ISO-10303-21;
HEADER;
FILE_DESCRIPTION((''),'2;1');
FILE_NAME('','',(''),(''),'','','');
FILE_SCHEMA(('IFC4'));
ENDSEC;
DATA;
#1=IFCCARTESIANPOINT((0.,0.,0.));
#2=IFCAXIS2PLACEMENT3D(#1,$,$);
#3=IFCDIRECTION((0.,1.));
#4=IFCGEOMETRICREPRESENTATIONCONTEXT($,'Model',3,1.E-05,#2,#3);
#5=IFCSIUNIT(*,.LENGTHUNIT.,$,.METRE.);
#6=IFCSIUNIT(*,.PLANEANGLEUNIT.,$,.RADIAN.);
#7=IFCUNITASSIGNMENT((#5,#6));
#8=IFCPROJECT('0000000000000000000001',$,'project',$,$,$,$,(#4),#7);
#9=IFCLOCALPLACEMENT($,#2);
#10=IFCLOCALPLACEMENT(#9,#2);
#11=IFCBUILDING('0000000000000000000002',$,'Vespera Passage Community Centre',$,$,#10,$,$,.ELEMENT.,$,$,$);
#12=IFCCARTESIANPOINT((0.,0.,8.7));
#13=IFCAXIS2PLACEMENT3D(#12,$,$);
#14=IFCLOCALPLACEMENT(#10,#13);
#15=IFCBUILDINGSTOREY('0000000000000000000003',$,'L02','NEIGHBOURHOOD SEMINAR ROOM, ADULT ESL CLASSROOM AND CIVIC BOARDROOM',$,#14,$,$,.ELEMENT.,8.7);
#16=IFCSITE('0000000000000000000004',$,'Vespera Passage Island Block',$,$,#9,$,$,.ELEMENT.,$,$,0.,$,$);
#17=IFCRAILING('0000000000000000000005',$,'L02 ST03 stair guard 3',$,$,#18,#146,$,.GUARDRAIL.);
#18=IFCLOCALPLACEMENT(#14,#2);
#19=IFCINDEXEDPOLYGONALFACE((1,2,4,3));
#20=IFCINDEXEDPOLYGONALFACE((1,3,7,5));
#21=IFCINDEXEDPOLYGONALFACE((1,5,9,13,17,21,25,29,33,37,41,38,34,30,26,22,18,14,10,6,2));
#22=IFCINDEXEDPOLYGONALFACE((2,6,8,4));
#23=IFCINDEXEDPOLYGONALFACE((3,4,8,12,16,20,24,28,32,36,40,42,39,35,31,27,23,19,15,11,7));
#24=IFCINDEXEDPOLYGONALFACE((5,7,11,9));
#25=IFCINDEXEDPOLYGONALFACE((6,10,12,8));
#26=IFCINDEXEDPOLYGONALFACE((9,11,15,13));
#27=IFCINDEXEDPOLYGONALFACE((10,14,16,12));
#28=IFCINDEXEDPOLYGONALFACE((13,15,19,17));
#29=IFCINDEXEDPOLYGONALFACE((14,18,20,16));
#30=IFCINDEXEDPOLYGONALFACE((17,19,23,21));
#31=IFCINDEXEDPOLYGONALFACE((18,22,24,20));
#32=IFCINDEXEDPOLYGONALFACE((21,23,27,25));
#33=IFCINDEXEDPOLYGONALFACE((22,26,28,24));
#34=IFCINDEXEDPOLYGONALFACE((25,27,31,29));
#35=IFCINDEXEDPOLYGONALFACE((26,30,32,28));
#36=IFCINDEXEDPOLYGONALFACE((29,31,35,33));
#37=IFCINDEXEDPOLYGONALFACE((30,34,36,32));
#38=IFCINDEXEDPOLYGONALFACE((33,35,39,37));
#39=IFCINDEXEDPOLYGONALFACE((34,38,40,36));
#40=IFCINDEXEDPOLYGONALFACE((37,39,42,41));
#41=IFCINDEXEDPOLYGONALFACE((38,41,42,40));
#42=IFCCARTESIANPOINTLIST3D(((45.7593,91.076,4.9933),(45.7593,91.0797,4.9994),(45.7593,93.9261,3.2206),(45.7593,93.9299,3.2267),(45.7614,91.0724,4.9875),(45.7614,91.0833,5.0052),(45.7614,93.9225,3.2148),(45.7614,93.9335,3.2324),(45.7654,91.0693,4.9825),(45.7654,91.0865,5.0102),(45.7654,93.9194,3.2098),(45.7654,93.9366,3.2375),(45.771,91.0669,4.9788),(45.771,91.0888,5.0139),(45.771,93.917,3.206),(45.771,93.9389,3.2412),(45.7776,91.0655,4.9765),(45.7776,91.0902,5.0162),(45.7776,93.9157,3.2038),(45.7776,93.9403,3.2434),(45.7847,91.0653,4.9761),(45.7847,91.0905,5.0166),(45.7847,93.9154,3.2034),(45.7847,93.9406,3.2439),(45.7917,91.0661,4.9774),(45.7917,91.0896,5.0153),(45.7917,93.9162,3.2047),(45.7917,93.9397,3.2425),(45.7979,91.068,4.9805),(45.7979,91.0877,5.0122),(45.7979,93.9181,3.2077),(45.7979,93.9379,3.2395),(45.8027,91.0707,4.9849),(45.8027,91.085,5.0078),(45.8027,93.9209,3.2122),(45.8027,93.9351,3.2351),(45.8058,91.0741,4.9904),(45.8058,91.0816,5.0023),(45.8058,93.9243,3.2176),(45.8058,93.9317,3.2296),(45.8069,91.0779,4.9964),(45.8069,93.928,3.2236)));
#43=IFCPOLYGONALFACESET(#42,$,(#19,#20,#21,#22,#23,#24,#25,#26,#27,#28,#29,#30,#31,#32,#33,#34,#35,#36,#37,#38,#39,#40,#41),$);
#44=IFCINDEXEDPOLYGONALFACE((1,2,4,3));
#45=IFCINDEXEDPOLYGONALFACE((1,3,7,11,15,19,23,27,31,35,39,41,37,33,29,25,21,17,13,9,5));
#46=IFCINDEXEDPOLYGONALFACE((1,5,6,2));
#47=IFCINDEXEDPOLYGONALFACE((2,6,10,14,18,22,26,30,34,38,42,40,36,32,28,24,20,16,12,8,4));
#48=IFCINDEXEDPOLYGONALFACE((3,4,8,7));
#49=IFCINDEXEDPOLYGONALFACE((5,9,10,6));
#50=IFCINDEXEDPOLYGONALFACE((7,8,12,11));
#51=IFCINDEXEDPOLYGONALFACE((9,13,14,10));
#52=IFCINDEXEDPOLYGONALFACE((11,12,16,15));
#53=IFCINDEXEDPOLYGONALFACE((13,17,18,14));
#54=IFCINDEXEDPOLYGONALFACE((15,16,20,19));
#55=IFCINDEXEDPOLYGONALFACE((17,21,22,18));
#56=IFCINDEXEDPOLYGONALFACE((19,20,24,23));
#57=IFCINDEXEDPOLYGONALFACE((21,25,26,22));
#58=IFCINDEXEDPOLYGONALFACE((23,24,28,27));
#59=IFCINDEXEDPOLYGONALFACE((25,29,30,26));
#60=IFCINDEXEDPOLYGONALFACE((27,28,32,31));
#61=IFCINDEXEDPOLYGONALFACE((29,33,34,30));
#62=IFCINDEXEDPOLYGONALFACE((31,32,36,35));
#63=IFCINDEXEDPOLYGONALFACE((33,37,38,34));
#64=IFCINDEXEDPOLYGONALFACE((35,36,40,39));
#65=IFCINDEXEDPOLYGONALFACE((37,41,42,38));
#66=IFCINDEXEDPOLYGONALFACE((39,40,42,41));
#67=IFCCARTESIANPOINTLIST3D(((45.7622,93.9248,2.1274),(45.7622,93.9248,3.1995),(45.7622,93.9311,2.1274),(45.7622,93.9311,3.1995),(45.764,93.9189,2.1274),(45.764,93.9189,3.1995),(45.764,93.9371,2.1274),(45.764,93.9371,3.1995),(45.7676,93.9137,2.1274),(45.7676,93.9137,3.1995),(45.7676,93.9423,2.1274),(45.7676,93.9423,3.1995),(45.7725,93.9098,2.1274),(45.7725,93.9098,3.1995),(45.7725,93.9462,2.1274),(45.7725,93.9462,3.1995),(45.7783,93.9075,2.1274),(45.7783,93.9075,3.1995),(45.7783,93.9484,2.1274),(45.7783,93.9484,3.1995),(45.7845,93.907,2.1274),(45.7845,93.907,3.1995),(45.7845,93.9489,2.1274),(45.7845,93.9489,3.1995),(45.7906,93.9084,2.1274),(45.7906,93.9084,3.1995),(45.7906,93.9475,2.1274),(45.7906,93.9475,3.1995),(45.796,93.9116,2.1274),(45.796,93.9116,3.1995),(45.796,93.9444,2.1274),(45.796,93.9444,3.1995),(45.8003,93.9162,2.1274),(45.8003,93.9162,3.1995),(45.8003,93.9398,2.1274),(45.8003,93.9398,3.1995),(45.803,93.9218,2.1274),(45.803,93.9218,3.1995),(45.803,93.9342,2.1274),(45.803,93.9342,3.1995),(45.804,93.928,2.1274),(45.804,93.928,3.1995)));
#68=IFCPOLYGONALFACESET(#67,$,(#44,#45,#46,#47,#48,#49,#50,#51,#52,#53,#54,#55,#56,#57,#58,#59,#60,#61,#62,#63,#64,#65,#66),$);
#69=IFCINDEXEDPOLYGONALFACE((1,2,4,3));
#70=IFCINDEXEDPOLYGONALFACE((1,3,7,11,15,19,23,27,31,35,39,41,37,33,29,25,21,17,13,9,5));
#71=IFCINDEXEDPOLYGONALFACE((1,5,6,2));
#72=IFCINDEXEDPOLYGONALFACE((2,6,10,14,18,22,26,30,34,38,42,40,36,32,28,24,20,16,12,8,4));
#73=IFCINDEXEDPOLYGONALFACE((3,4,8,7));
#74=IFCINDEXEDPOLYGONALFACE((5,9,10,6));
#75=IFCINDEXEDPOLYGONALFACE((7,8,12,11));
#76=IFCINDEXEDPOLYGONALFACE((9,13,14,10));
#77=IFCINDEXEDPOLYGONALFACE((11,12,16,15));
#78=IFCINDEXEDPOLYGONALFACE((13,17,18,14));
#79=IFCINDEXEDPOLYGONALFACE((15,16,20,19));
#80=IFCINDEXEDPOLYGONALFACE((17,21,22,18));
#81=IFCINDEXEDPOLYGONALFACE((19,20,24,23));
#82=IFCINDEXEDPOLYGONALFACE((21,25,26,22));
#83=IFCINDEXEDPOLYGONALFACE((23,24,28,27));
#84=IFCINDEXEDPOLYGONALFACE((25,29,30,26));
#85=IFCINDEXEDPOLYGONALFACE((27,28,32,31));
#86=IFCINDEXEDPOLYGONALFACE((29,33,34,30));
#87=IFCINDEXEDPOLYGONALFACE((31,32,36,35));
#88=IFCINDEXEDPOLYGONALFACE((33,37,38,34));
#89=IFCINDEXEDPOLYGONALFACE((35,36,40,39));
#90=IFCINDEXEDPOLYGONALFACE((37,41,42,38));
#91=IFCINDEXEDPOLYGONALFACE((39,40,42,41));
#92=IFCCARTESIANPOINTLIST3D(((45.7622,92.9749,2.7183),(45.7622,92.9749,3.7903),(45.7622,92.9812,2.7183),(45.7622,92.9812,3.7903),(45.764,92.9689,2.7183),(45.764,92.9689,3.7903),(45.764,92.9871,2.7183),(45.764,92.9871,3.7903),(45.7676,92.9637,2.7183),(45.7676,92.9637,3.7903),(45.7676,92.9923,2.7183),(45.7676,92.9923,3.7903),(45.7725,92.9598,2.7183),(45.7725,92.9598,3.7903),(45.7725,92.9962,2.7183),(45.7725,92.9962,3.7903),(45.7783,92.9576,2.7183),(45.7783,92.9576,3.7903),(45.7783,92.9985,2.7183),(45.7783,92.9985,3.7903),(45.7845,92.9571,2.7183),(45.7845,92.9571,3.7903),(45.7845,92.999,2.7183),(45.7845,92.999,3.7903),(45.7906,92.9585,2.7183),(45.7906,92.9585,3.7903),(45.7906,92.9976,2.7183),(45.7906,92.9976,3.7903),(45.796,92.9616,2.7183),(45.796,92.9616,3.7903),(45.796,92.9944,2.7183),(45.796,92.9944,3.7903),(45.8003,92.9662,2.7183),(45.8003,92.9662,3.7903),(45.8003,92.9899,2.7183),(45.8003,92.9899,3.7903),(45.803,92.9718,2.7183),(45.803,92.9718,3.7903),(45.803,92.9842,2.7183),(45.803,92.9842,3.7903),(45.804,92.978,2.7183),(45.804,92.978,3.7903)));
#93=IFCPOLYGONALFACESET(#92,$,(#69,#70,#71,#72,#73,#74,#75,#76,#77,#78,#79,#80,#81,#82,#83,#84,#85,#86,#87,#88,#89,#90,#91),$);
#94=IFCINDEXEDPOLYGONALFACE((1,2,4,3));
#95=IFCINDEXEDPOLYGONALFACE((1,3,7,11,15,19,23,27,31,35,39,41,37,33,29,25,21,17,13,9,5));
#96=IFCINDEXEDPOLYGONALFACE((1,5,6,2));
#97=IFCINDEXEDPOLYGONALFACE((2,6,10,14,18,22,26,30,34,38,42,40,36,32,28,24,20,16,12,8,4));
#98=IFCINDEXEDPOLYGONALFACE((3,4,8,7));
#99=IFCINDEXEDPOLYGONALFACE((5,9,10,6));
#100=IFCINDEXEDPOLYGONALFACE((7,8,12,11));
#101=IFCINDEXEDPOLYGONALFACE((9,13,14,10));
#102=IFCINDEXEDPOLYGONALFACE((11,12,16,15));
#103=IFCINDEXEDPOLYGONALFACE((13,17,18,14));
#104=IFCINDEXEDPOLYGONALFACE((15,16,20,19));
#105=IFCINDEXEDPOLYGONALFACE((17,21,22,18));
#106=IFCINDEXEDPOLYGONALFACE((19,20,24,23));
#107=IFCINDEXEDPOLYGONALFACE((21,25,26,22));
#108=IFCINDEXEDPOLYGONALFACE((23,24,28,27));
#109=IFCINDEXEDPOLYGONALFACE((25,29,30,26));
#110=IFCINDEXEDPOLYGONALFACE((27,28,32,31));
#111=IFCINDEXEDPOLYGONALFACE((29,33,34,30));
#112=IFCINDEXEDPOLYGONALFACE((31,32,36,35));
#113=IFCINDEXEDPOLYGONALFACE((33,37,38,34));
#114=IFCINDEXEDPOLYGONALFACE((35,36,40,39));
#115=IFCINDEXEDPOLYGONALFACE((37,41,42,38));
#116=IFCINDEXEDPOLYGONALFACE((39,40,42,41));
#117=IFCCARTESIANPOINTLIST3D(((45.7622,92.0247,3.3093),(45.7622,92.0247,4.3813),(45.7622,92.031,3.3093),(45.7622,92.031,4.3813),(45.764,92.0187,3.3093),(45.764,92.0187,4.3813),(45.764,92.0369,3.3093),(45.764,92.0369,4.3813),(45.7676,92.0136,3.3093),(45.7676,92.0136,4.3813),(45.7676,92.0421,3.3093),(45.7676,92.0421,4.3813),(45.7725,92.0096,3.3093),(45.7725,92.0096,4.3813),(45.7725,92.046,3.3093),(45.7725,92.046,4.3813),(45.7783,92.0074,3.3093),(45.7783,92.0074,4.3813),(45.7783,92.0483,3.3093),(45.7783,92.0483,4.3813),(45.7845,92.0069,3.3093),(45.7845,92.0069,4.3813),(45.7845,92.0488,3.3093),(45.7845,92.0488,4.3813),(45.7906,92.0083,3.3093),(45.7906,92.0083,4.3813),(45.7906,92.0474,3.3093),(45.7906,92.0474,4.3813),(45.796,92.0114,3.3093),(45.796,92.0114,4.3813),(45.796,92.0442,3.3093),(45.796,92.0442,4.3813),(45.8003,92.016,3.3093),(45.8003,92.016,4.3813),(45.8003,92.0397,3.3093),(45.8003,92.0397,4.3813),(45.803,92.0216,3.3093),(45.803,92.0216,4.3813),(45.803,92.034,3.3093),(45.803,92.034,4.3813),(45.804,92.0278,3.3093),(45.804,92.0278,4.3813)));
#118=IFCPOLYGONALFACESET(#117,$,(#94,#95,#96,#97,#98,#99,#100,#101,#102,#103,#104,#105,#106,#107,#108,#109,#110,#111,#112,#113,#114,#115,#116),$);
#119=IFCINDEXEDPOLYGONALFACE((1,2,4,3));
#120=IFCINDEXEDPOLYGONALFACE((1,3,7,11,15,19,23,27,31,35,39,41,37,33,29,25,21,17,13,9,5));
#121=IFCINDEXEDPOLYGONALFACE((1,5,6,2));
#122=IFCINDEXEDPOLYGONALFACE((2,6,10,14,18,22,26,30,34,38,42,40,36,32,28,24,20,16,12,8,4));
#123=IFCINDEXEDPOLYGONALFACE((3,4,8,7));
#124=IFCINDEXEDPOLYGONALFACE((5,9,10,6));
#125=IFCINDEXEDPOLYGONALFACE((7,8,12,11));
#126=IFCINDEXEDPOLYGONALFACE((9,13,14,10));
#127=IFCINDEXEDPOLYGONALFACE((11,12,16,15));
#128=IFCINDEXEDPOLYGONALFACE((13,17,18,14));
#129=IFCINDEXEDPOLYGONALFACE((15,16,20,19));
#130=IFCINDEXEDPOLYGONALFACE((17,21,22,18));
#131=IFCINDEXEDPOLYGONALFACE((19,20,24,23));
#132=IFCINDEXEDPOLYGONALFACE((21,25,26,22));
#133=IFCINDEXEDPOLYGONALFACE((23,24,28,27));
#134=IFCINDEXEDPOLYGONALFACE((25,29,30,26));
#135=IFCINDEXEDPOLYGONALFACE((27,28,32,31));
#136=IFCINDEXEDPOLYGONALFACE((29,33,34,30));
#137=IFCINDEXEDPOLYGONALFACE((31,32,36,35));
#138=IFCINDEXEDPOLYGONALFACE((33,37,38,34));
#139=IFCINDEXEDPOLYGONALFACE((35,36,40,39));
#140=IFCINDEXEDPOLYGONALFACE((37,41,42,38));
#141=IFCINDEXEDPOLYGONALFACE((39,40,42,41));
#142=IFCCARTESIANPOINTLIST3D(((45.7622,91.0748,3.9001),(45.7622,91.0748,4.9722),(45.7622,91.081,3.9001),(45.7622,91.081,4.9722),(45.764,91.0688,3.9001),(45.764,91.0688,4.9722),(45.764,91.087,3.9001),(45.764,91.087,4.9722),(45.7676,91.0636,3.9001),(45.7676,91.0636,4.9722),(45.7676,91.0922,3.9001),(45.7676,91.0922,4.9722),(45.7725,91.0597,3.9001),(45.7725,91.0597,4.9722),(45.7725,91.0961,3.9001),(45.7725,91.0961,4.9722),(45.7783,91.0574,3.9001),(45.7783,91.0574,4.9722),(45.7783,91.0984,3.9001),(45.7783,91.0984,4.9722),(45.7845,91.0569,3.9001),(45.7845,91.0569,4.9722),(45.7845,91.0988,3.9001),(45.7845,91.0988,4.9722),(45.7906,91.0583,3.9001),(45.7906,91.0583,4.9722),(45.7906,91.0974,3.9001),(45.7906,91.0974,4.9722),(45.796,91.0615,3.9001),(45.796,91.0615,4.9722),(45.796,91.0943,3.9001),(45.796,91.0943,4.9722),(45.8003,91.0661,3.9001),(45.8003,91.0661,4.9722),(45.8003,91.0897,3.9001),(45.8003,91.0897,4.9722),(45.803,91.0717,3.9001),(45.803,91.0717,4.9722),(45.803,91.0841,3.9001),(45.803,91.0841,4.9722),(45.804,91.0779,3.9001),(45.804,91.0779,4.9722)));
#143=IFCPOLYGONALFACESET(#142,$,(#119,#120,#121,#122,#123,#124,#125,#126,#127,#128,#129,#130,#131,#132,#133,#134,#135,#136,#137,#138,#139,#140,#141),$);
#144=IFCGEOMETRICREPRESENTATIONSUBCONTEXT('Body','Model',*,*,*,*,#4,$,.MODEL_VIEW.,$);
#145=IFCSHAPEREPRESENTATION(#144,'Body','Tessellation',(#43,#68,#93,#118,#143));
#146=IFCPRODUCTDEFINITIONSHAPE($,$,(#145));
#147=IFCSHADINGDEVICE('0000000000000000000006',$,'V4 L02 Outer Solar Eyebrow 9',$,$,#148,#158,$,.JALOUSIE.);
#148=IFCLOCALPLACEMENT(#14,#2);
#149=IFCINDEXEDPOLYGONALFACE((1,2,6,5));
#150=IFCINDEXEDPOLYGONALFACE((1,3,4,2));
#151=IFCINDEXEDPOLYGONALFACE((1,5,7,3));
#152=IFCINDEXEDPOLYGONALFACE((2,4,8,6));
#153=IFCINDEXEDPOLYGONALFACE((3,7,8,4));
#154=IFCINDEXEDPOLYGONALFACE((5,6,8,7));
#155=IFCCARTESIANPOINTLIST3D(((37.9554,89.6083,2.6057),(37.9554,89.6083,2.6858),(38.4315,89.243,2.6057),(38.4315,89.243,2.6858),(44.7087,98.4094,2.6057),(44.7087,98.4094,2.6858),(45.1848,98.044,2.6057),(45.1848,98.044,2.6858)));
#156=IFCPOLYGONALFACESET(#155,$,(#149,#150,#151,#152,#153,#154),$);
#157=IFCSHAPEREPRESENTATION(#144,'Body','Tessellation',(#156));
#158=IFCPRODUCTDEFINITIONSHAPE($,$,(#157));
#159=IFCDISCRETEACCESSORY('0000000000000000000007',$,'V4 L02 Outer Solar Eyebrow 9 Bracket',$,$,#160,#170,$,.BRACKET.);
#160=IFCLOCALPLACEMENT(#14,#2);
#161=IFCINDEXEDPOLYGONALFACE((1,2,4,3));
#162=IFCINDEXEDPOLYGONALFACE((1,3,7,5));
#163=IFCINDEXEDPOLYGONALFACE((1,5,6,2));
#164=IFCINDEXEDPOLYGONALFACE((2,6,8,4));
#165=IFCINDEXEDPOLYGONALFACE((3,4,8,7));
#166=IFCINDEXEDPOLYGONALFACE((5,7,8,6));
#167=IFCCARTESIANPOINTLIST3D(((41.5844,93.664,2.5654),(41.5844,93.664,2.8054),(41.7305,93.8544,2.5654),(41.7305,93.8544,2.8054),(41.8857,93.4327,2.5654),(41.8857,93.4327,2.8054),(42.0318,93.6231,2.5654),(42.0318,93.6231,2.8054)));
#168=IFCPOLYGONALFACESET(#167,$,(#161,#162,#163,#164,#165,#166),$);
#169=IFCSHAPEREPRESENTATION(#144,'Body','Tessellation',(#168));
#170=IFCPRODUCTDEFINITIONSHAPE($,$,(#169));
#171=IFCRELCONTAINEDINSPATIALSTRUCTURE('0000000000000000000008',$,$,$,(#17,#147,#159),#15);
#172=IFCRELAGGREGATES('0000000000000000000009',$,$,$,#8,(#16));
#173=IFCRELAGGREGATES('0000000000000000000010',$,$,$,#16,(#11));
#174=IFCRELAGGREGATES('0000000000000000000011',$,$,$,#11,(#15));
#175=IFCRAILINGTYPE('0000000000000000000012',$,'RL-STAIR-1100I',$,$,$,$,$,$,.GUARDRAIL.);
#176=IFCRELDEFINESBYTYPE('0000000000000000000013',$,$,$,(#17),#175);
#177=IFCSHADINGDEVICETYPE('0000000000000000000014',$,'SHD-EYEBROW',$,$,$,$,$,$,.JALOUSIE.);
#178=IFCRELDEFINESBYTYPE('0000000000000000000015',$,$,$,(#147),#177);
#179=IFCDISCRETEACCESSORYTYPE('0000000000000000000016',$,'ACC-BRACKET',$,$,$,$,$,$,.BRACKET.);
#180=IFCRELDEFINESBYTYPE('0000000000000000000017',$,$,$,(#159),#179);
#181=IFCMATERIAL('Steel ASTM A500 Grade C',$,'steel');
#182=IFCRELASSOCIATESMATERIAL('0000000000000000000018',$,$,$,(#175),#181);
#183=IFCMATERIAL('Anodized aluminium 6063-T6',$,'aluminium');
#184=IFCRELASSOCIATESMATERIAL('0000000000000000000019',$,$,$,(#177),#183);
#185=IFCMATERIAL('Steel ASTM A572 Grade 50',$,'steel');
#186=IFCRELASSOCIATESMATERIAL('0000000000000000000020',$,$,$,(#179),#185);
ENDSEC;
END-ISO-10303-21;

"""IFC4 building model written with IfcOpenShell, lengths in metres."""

from ifc_helpers import new_model, si_unit, direction, frame, origin, origin_2d, place, context, subcontext, project, spatial, rectangle, circle, extrude, material, type_object, element, save


model = new_model("IFC4")

# Units and contexts
model_context = context("Model", 3, precision=1e-05, world=origin(), true_north=direction((0.0, 1.0)))
body_context = subcontext(model_context, "Body", "Model", "MODEL_VIEW")
ifc_project = project(units=[si_unit("LENGTHUNIT", "METRE"), si_unit("PLANEANGLEUNIT", "RADIAN")], contexts=[model_context])

# Site, building, storey
site_placement = place(None, origin())
site = spatial("IfcSite", under=ifc_project, at=site_placement, Name="Vespera Passage Island Block", CompositionType="ELEMENT", RefElevation=0.0)
building_placement = place(site_placement, origin())
building = spatial("IfcBuilding", under=site, at=building_placement, Name="Vespera Passage Community Centre", CompositionType="ELEMENT")
storey_placement = place(building_placement, frame((0.0, 0.0, 8.7)))
storey = spatial("IfcBuildingStorey", under=building, at=storey_placement, Name="L02", Description="NEIGHBOURHOOD SEMINAR ROOM, ADULT ESL CLASSROOM AND CIVIC BOARDROOM", CompositionType="ELEMENT", Elevation=8.7)

# Railing
ifc_material_1 = material(Name="Steel ASTM A500 Grade C", Category="steel")
railing_type_1 = type_object("IfcRailingType", Name="RL-STAIR-1100I", PredefinedType="GUARDRAIL", material=ifc_material_1)
railing_1_placement = place(storey_placement, frame((45.783, 93.928, 2.1274)))
element("IfcRailing", 1, at=railing_1_placement, inside=storey, type_object=railing_type_1, Name="L02 ST03 stair guard 3", PredefinedType="GUARDRAIL", context=body_context, shape_type="SweptSolid", body=[
    extrude(circle(Radius=0.0239, at=origin_2d()), frame((0.0, 0.0, 1.0962), z_axis=(0.0, -0.849149, 0.528154), x_axis=(1.0, 0.0, 0.0)), (0.0, 0.0, 1.0), 3.3564),
    extrude(circle(Radius=0.021, at=origin_2d()), origin(), (0.0, 0.0, 1.0), 1.072),
    extrude(circle(Radius=0.021, at=origin_2d()), frame((0.0, -0.95, 0.5908)), (0.0, 0.0, 1.0), 1.072),
    extrude(circle(Radius=0.021, at=origin_2d()), frame((0.0, -1.9001, 1.1819)), (0.0, 0.0, 1.0), 1.072),
    extrude(circle(Radius=0.021, at=origin_2d()), frame((0.0, -2.8501, 1.7727)), (0.0, 0.0, 1.0), 1.072),
])

# Shading device
ifc_material_2 = material(Name="Anodized aluminium 6063-T6", Category="aluminium")
shading_device_type = type_object("IfcShadingDeviceType", Name="SHD-EYEBROW", PredefinedType="JALOUSIE", material=ifc_material_2)
shading_device_placement = place(storey_placement, frame((41.5701, 93.8262, 2.6057), z_axis=(0.0, 0.0, 1.0), x_axis=(0.608761, 0.793353, 0.0)))
element("IfcShadingDevice", 2, at=shading_device_placement, inside=storey, type_object=shading_device_type, Name="V4 L02 Outer Solar Eyebrow 9", PredefinedType="JALOUSIE", context=body_context, shape_type="SweptSolid", body=[
    extrude(rectangle(XDim=11.0935, YDim=0.6001, at=origin_2d()), origin(), (0.0, 0.0, 1.0), 0.0801),
])

# Discrete accessory
ifc_material_3 = material(Name="Steel ASTM A572 Grade 50", Category="steel")
discrete_accessory_type = type_object("IfcDiscreteAccessoryType", Name="ACC-BRACKET", PredefinedType="BRACKET", material=ifc_material_3)
discrete_accessory_placement = place(storey_placement, frame((41.8081, 93.6436, 2.5654), z_axis=(0.0, 0.0, 1.0), x_axis=(0.608761, 0.793353, 0.0)))
element("IfcDiscreteAccessory", 3, at=discrete_accessory_placement, inside=storey, type_object=discrete_accessory_type, Name="V4 L02 Outer Solar Eyebrow 9 Bracket", PredefinedType="BRACKET", context=body_context, shape_type="SweptSolid", body=[
    extrude(rectangle(XDim=0.24, YDim=0.3799, at=origin_2d()), origin(), (0.0, 0.0, 1.0), 0.24),
])

save(model, "model.ifc")
